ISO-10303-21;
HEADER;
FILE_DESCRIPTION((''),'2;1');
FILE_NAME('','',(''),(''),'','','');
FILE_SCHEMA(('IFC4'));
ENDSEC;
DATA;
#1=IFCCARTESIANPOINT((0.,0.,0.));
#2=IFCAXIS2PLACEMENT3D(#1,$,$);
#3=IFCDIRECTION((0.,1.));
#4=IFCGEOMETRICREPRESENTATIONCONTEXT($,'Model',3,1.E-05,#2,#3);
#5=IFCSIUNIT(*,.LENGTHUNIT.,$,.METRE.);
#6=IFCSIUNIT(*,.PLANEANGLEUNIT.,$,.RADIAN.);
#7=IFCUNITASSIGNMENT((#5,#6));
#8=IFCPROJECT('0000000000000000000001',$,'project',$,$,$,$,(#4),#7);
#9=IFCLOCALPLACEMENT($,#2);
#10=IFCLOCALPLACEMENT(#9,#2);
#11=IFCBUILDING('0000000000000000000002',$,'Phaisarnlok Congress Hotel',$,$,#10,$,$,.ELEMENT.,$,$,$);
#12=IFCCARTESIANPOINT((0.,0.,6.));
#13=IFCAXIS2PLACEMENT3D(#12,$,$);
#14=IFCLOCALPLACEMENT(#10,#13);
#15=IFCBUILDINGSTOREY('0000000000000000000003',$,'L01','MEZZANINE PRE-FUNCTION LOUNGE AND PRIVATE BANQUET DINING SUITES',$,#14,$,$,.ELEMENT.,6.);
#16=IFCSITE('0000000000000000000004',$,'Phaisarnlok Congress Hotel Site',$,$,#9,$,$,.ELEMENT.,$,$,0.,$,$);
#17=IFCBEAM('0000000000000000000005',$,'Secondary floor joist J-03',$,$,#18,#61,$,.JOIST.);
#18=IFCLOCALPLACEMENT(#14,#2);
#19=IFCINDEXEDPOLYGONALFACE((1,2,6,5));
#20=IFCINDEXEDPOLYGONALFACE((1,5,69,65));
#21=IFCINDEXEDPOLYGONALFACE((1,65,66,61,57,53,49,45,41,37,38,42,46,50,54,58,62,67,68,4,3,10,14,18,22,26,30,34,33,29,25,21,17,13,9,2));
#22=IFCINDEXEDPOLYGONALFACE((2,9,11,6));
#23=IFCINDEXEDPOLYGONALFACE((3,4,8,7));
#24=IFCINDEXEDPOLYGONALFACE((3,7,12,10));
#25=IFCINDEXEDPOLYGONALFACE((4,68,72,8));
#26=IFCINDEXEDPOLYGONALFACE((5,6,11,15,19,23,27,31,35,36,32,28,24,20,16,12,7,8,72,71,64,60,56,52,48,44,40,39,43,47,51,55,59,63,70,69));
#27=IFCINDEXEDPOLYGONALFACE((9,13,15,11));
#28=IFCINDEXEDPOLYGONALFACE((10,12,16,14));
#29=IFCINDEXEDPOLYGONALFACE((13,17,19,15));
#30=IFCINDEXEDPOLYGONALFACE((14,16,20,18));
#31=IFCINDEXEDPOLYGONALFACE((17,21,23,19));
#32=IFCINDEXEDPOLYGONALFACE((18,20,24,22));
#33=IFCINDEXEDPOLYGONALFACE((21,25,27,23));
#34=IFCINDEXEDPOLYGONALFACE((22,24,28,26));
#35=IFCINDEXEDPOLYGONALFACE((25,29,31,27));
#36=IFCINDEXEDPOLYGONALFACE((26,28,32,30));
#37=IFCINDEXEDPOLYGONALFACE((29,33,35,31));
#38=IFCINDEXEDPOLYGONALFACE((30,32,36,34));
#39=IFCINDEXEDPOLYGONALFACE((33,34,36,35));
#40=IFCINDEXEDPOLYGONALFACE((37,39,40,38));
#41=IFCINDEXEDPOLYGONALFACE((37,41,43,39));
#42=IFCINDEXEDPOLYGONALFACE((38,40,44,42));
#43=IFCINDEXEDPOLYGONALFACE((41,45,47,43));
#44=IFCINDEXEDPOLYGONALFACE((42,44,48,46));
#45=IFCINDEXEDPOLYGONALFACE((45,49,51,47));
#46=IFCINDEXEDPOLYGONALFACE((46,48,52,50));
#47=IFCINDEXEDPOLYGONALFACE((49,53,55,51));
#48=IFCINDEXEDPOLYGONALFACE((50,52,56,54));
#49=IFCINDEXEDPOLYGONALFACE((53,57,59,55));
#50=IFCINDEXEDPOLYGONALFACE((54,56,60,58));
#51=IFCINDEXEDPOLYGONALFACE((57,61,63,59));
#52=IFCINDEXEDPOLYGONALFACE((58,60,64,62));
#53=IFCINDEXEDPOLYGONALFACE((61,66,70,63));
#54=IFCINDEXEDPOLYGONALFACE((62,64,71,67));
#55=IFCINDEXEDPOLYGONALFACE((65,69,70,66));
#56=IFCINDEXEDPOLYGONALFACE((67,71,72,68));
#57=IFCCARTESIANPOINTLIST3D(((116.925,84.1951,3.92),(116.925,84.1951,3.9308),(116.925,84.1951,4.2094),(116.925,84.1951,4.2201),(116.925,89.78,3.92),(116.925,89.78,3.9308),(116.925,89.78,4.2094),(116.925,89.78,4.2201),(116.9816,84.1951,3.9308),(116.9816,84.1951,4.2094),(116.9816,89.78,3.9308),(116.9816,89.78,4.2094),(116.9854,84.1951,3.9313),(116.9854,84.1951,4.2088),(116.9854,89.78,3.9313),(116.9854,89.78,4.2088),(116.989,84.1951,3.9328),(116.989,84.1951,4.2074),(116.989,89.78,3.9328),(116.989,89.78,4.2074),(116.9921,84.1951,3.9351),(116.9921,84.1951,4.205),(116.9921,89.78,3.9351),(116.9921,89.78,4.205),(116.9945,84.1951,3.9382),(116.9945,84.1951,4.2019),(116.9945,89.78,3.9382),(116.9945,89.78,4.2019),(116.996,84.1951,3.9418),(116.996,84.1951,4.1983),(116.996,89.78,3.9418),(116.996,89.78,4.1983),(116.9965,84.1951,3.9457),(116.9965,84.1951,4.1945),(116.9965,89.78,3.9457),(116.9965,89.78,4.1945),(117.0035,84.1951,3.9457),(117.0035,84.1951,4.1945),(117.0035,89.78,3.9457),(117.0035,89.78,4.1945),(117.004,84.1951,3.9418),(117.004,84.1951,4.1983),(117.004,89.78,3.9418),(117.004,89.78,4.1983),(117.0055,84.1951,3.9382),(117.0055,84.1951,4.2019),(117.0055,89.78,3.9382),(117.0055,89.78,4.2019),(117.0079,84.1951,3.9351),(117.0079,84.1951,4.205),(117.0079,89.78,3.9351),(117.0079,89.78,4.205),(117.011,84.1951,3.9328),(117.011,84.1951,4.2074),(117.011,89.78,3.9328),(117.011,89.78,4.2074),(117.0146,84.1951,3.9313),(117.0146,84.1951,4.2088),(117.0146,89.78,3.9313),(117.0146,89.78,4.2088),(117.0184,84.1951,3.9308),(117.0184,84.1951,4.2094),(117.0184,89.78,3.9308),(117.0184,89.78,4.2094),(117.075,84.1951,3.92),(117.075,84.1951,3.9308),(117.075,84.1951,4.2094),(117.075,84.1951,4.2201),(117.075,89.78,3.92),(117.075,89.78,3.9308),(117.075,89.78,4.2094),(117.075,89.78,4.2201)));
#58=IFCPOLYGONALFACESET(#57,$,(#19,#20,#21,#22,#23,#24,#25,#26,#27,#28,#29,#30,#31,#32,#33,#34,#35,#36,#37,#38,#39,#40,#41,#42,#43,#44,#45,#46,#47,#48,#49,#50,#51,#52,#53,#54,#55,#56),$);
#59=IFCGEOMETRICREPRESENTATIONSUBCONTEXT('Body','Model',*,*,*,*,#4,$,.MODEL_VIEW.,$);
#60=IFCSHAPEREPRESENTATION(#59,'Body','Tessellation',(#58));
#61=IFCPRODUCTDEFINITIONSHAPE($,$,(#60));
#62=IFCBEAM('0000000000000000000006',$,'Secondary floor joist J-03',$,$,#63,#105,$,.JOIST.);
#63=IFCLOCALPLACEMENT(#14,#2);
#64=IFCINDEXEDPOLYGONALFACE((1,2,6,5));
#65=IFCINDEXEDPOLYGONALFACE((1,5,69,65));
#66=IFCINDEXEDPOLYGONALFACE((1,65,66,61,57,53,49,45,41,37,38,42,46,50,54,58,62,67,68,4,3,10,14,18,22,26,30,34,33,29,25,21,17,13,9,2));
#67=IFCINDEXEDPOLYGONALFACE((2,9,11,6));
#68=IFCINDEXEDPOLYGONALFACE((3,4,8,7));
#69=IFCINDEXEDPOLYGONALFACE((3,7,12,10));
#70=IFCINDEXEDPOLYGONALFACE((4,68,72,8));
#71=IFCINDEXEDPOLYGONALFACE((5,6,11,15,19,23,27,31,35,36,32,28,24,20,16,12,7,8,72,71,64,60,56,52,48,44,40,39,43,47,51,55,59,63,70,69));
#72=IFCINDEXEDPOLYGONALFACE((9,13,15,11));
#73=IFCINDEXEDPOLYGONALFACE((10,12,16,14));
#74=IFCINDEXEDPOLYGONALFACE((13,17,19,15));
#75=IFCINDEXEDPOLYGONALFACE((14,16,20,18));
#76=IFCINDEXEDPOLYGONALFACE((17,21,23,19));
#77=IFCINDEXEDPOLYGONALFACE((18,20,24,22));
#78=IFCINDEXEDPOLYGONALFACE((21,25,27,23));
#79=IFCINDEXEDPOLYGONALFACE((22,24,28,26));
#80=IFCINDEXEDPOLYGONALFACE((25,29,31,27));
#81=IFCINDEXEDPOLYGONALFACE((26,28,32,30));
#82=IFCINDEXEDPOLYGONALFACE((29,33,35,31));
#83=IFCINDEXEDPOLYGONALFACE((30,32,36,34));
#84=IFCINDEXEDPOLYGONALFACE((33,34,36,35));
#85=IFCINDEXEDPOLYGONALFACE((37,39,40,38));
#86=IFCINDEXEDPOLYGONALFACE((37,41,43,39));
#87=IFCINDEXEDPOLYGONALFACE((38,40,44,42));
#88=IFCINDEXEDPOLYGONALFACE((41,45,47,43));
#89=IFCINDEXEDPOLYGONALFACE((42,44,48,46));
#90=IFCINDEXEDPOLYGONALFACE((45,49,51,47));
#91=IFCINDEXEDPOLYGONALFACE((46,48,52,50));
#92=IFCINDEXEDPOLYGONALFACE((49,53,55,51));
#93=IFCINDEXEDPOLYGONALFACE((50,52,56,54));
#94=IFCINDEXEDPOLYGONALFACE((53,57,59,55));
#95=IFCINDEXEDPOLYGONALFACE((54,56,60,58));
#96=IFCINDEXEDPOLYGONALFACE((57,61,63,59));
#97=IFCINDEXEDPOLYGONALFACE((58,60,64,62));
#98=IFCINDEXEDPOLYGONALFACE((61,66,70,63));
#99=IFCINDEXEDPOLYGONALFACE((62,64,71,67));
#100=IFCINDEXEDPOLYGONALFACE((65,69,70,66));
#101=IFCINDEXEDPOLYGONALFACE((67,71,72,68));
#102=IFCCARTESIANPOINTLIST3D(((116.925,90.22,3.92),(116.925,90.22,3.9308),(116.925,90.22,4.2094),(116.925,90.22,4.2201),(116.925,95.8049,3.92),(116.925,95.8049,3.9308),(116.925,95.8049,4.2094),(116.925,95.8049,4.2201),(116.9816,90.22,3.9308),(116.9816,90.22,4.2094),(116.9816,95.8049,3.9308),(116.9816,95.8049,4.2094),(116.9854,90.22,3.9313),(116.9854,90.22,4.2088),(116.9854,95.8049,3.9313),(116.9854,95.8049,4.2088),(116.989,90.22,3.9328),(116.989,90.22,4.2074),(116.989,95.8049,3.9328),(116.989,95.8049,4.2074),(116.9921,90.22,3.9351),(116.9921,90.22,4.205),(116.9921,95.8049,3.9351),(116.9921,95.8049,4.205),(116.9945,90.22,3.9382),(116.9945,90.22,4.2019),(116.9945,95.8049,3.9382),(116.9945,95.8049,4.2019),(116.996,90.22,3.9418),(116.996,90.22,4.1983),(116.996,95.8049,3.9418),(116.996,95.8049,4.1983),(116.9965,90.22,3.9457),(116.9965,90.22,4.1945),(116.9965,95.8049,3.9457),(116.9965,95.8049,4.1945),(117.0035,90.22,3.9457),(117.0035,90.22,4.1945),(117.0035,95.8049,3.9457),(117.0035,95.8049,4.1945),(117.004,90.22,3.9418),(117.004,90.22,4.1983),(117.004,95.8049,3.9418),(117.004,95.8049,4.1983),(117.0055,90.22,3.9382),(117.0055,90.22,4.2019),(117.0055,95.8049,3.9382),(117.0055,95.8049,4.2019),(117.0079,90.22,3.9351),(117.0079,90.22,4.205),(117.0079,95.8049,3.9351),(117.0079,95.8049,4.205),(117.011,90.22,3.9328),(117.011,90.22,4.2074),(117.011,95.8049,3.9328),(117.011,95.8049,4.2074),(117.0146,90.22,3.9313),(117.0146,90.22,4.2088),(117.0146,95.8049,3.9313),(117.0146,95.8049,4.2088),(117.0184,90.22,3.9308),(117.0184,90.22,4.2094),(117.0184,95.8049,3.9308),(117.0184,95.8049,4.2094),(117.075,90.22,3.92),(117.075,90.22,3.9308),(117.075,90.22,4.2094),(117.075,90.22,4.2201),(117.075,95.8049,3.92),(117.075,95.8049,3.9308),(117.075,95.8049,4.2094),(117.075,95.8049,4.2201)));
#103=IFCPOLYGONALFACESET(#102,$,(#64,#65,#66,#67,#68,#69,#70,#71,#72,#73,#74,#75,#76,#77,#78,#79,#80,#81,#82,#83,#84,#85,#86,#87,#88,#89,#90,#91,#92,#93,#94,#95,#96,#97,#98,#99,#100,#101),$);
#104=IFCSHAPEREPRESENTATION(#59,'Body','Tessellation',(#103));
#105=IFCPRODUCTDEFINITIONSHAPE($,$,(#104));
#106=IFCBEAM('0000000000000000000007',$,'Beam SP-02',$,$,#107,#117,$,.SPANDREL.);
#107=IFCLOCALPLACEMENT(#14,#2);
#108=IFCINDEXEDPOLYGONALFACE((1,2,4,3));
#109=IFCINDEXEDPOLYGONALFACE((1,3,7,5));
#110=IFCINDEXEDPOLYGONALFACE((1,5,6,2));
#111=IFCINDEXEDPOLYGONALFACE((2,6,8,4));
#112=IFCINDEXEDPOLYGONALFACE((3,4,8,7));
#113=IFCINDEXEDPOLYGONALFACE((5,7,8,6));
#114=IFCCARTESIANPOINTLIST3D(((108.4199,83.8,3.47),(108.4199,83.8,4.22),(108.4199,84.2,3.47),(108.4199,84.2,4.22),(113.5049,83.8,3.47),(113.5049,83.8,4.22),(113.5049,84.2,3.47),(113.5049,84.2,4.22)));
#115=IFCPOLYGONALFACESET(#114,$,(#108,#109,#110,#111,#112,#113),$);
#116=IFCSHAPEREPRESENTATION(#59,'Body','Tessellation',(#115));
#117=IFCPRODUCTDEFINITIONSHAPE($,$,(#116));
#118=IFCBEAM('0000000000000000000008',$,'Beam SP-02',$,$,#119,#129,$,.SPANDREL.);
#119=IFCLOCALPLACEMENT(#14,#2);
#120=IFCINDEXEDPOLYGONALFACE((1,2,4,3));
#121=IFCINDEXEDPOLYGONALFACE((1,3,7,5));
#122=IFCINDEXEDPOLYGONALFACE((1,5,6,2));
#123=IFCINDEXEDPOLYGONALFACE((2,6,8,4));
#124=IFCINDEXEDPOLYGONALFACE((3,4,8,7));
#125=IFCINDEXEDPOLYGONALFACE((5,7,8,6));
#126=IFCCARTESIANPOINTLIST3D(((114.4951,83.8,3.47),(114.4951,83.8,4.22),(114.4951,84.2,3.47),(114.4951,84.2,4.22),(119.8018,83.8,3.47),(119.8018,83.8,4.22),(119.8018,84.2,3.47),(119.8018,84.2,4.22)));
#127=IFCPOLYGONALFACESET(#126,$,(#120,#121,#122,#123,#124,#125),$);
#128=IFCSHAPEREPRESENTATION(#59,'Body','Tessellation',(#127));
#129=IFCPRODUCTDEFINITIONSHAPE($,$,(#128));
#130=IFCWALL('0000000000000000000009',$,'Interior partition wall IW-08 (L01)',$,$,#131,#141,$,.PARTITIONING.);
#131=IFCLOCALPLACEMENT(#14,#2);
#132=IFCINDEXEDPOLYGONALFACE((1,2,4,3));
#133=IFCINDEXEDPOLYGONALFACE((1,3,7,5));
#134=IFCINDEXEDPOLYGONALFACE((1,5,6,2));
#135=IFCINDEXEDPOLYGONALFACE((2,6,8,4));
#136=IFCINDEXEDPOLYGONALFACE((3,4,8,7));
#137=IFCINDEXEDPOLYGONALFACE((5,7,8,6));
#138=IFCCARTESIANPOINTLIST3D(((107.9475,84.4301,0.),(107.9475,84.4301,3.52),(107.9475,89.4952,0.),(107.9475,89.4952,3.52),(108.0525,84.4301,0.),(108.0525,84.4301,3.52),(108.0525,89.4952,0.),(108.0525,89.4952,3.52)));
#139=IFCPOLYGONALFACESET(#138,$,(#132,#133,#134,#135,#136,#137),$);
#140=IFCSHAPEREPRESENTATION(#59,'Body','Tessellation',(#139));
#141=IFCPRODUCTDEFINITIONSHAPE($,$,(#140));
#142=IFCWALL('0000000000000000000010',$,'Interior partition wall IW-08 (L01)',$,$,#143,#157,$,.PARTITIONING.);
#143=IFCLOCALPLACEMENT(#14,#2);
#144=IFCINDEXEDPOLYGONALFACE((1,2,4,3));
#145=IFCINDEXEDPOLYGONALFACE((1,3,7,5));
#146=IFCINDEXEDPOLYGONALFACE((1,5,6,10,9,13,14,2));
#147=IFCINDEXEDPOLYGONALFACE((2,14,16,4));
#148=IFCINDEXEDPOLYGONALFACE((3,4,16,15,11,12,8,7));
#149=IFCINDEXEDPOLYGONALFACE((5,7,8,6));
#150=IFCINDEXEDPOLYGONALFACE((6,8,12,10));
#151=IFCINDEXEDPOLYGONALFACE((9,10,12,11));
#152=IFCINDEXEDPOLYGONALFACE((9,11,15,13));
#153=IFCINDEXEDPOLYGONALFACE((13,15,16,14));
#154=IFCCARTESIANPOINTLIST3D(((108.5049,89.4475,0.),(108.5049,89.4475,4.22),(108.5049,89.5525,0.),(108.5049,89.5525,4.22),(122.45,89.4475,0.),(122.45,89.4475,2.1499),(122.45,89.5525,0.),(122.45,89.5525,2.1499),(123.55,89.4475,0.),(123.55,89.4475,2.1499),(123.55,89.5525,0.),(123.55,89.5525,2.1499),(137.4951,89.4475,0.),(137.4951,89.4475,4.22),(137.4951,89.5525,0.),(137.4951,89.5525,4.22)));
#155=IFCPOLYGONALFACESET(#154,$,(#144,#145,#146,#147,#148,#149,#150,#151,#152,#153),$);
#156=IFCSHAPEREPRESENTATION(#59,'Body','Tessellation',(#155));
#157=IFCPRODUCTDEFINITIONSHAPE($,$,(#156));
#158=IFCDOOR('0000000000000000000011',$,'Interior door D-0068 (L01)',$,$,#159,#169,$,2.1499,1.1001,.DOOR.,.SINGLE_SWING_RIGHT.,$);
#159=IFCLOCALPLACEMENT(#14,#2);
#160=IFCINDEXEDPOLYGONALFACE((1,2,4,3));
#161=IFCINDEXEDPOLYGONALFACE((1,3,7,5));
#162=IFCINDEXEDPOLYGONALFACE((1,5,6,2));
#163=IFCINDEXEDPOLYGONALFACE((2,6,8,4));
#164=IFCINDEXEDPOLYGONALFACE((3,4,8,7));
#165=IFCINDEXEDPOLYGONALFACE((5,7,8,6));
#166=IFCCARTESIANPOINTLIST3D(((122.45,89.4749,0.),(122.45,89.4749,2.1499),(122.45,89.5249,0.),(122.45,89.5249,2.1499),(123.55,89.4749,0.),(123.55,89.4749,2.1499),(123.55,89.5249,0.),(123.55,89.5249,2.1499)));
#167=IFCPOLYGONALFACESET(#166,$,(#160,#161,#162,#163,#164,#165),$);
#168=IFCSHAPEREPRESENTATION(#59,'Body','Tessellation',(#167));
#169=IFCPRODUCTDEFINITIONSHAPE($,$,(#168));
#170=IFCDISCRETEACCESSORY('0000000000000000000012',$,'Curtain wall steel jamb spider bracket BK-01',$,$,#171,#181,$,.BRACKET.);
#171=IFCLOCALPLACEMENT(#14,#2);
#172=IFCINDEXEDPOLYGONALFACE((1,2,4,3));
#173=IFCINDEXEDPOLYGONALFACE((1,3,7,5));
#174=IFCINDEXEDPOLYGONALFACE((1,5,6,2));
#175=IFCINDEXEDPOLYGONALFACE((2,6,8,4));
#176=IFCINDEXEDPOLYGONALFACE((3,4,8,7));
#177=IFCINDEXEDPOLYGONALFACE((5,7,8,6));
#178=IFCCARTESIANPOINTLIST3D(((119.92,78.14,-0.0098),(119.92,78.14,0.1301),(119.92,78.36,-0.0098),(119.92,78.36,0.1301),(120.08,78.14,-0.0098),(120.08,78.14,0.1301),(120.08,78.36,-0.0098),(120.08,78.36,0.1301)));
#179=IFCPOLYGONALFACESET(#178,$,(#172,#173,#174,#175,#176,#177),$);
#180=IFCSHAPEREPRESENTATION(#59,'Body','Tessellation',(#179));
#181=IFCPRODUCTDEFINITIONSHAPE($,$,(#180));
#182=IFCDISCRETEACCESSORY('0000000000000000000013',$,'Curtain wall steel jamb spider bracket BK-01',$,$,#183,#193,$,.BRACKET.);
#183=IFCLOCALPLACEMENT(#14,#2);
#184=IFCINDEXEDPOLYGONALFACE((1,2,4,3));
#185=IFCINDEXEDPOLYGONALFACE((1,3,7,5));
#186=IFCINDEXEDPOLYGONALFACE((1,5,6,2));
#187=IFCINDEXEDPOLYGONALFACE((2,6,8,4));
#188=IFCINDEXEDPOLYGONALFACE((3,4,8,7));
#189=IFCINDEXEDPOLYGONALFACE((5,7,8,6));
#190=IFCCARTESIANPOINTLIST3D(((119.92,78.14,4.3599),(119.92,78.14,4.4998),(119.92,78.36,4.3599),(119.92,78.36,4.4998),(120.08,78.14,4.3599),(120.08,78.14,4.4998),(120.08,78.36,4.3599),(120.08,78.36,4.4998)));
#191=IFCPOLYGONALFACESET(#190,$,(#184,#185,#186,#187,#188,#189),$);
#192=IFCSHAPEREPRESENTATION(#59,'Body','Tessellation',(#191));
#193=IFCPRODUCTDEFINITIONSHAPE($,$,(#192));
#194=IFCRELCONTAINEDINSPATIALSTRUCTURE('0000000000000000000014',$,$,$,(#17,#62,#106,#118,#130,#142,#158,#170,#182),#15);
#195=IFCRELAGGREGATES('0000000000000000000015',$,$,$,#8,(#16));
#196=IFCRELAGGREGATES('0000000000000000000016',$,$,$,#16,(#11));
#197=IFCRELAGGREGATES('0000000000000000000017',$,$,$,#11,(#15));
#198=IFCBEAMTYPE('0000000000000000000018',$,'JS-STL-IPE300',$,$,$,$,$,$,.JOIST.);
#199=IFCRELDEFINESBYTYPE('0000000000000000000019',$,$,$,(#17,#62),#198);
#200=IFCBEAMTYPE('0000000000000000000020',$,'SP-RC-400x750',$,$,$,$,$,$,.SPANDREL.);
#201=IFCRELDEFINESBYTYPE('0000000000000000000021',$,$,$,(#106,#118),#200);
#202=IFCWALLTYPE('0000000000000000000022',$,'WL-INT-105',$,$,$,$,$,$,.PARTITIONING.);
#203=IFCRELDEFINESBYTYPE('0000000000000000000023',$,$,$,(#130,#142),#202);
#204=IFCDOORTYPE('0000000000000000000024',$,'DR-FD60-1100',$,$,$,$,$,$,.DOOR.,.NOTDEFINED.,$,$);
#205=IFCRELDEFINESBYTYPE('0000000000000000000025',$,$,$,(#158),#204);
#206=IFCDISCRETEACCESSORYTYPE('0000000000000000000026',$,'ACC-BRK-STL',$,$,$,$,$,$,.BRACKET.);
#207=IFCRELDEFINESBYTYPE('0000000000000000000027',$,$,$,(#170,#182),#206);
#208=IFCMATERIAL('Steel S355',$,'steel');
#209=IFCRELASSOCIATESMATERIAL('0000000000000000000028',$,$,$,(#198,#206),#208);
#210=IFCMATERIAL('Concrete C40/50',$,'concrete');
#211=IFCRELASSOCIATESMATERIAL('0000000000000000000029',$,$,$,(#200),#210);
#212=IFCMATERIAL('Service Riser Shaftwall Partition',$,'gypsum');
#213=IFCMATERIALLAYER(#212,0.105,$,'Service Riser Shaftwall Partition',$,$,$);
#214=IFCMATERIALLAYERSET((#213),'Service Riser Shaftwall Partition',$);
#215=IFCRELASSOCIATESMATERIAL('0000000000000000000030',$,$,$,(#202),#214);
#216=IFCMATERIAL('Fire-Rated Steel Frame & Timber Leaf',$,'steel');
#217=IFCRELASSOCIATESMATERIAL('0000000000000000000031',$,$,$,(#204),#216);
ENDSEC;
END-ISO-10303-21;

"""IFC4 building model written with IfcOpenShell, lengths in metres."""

from ifc_helpers import new_model, si_unit, direction, frame, frame_2d, origin, origin_2d, place, context, subcontext, project, spatial, rectangle, i_section, extrude, material, layer, layer_set, material_profile, profile_set, type_object, element, fill, save


model = new_model("IFC4")

# Units and contexts
model_context = context("Model", 3, precision=1e-05, world=origin(), true_north=direction((0.0, 1.0)))
body_context = subcontext(model_context, "Body", "Model", "MODEL_VIEW")
ifc_project = project(units=[si_unit("LENGTHUNIT", "METRE"), si_unit("PLANEANGLEUNIT", "RADIAN")], contexts=[model_context])

# Site, building, storey
site_placement = place(None, origin())
site = spatial("IfcSite", under=ifc_project, at=site_placement, Name="Phaisarnlok Congress Hotel Site", CompositionType="ELEMENT", RefElevation=0.0)
building_placement = place(site_placement, origin())
building = spatial("IfcBuilding", under=site, at=building_placement, Name="Phaisarnlok Congress Hotel", CompositionType="ELEMENT")
storey_placement = place(building_placement, frame((0.0, 0.0, 6.0)))
storey = spatial("IfcBuildingStorey", under=building, at=storey_placement, Name="L01", Description="MEZZANINE PRE-FUNCTION LOUNGE AND PRIVATE BANQUET DINING SUITES", CompositionType="ELEMENT", Elevation=6.0)

# Shared definitions
ifc_material_1 = material(Name="Steel S355", Category="steel")

# Shared definitions
ifc_material_2 = material(Name="Concrete C40/50", Category="concrete")

# Beams
ifc_material_profile_1 = material_profile(ifc_material_1, i_section(OverallWidth=0.1499, OverallDepth=0.3, WebThickness=0.0071, FlangeThickness=0.0107, FilletRadius=0.0149, at=origin_2d()), Name="IPE 300")
ifc_profile_set_1 = profile_set([ifc_material_profile_1], Name="Steel S355")
beam_type_1 = type_object("IfcBeamType", Name="JS-STL-IPE300", PredefinedType="JOIST", material=ifc_profile_set_1)
for number, where, z_axis, x_axis, name in (
    (1, (117.0, 84.1951, 4.0701), (0.0, 1.0, 0.0), (-1.0, 0.0, 0.0), "Secondary floor joist J-03"),
    (2, (117.0, 90.22, 4.0701), (0.0, 1.0, 0.0), (-1.0, 0.0, 0.0), "Secondary floor joist J-03"),
):
    element("IfcBeam", number, at=place(storey_placement, frame(where, z_axis=z_axis, x_axis=x_axis)), inside=storey, type_object=beam_type_1, Name=name, PredefinedType="JOIST", context=body_context, shape_type="SweptSolid", body=[
        extrude(i_section(OverallWidth=0.1499, OverallDepth=0.3, WebThickness=0.0071, FlangeThickness=0.0107, FilletRadius=0.0149, at=origin_2d()), origin(), (0.0, 0.0, 1.0), 5.585),
    ])
ifc_material_profile_2 = material_profile(ifc_material_2, rectangle(XDim=0.3999, YDim=0.75, at=origin_2d()), Name="RC 400x750")
ifc_profile_set_2 = profile_set([ifc_material_profile_2], Name="Concrete C40/50")
beam_type_2 = type_object("IfcBeamType", Name="SP-RC-400x750", PredefinedType="SPANDREL", material=ifc_profile_set_2)
beam_1_placement = place(storey_placement, frame((108.4199, 84.0, 3.845), z_axis=(1.0, 0.0, 0.0), x_axis=(0.0, 1.0, 0.0)))
element("IfcBeam", 3, at=beam_1_placement, inside=storey, type_object=beam_type_2, Name="Beam SP-02", PredefinedType="SPANDREL", context=body_context, shape_type="SweptSolid", body=[
    extrude(rectangle(XDim=0.3999, YDim=0.75, at=origin_2d()), origin(), (0.0, 0.0, 1.0), 5.085),
])
beam_2_placement = place(storey_placement, frame((114.4951, 84.0, 3.845), z_axis=(1.0, 0.0, 0.0), x_axis=(0.0, 1.0, 0.0)))
element("IfcBeam", 4, at=beam_2_placement, inside=storey, type_object=beam_type_2, Name="Beam SP-02", PredefinedType="SPANDREL", context=body_context, shape_type="SweptSolid", body=[
    extrude(rectangle(XDim=0.3999, YDim=0.75, at=origin_2d()), origin(), (0.0, 0.0, 1.0), 5.3066),
])

# Wall
ifc_material_3 = material(Name="Service Riser Shaftwall Partition", Category="gypsum")
ifc_layer = layer(ifc_material_3, 0.105, Name="Service Riser Shaftwall Partition")
ifc_layer_set = layer_set([ifc_layer], Name="Service Riser Shaftwall Partition")
wall_type = type_object("IfcWallType", Name="WL-INT-105", PredefinedType="PARTITIONING", material=ifc_layer_set)
wall_1_placement = place(storey_placement, frame((108.0, 84.4299, 0.0), z_axis=(0.0, 0.0, 1.0), x_axis=(0.0, 1.0, 0.0)))
element("IfcWall", 5, at=wall_1_placement, inside=storey, type_object=wall_type, Name="Interior partition wall IW-08 (L01)", PredefinedType="PARTITIONING", context=body_context, shape_type="SweptSolid", body=[
    extrude(rectangle(XDim=5.0652, YDim=0.105, at=frame_2d((2.5327, 0.0))), origin(), (0.0, 0.0, 1.0), 3.52),
])

# Wall, opening, door
wall_2_placement = place(storey_placement, frame((108.5049, 89.5, 0.0), z_axis=(0.0, 0.0, 1.0), x_axis=(1.0, 0.0, 0.0)))
wall_2 = element("IfcWall", 6, at=wall_2_placement, inside=storey, type_object=wall_type, Name="Interior partition wall IW-08 (L01)", PredefinedType="PARTITIONING", context=body_context, shape_type="SweptSolid", body=[
    extrude(rectangle(XDim=28.9902, YDim=0.105, at=frame_2d((14.4951, 0.0))), origin(), (0.0, 0.0, 1.0), 4.22),
])
opening_placement = place(wall_2_placement, frame((13.9451, 0.0, 0.0)))
opening = element("IfcOpeningElement", 7, at=opening_placement, cuts=wall_2, PredefinedType="OPENING", context=body_context, shape_type="SweptSolid", body=[
    extrude(rectangle(XDim=1.1001, YDim=2.1499, at=frame_2d((0.55, 1.075))), frame((0.0, 0.0625, 0.0), z_axis=(0.0, -1.0, 0.0), x_axis=(1.0, 0.0, 0.0)), (0.0, 0.0, 1.0), 0.125),
])
ifc_material_4 = material(Name="Fire-Rated Steel Frame & Timber Leaf", Category="steel")
door_type = type_object("IfcDoorType", Name="DR-FD60-1100", OperationType="NOTDEFINED", PredefinedType="DOOR", material=ifc_material_4)
door_placement = place(opening_placement, origin())
door = element("IfcDoor", 8, at=door_placement, inside=storey, type_object=door_type, Name="Interior door D-0068 (L01)", OperationType="SINGLE_SWING_RIGHT", OverallHeight=2.1499, OverallWidth=1.1001, PredefinedType="DOOR", context=body_context, shape_type="SweptSolid", body=[
    extrude(rectangle(XDim=1.1001, YDim=2.1499, at=frame_2d((0.55, 1.075))), frame((0.0, 0.0249, 0.0), z_axis=(0.0, -1.0, 0.0), x_axis=(1.0, 0.0, 0.0)), (0.0, 0.0, 1.0), 0.05),
])
fill(opening, door)

# Discrete accessories
discrete_accessory_type = type_object("IfcDiscreteAccessoryType", Name="ACC-BRK-STL", PredefinedType="BRACKET", material=ifc_material_1)
for number, where, z_axis, x_axis, name in (
    (9, (120.0, 78.25, -0.0098), (0.0, 0.0, 1.0), (1.0, 0.0, 0.0), "Curtain wall steel jamb spider bracket BK-01"),
    (10, (120.0, 78.25, 4.3599), (0.0, 0.0, 1.0), (1.0, 0.0, 0.0), "Curtain wall steel jamb spider bracket BK-01"),
):
    element("IfcDiscreteAccessory", number, at=place(storey_placement, frame(where, z_axis=z_axis, x_axis=x_axis)), inside=storey, type_object=discrete_accessory_type, Name=name, PredefinedType="BRACKET", context=body_context, shape_type="SweptSolid", body=[
        extrude(rectangle(XDim=0.1599, YDim=0.22, at=origin_2d()), origin(), (0.0, 0.0, 1.0), 0.1399),
    ])

save(model, "model.ifc")
